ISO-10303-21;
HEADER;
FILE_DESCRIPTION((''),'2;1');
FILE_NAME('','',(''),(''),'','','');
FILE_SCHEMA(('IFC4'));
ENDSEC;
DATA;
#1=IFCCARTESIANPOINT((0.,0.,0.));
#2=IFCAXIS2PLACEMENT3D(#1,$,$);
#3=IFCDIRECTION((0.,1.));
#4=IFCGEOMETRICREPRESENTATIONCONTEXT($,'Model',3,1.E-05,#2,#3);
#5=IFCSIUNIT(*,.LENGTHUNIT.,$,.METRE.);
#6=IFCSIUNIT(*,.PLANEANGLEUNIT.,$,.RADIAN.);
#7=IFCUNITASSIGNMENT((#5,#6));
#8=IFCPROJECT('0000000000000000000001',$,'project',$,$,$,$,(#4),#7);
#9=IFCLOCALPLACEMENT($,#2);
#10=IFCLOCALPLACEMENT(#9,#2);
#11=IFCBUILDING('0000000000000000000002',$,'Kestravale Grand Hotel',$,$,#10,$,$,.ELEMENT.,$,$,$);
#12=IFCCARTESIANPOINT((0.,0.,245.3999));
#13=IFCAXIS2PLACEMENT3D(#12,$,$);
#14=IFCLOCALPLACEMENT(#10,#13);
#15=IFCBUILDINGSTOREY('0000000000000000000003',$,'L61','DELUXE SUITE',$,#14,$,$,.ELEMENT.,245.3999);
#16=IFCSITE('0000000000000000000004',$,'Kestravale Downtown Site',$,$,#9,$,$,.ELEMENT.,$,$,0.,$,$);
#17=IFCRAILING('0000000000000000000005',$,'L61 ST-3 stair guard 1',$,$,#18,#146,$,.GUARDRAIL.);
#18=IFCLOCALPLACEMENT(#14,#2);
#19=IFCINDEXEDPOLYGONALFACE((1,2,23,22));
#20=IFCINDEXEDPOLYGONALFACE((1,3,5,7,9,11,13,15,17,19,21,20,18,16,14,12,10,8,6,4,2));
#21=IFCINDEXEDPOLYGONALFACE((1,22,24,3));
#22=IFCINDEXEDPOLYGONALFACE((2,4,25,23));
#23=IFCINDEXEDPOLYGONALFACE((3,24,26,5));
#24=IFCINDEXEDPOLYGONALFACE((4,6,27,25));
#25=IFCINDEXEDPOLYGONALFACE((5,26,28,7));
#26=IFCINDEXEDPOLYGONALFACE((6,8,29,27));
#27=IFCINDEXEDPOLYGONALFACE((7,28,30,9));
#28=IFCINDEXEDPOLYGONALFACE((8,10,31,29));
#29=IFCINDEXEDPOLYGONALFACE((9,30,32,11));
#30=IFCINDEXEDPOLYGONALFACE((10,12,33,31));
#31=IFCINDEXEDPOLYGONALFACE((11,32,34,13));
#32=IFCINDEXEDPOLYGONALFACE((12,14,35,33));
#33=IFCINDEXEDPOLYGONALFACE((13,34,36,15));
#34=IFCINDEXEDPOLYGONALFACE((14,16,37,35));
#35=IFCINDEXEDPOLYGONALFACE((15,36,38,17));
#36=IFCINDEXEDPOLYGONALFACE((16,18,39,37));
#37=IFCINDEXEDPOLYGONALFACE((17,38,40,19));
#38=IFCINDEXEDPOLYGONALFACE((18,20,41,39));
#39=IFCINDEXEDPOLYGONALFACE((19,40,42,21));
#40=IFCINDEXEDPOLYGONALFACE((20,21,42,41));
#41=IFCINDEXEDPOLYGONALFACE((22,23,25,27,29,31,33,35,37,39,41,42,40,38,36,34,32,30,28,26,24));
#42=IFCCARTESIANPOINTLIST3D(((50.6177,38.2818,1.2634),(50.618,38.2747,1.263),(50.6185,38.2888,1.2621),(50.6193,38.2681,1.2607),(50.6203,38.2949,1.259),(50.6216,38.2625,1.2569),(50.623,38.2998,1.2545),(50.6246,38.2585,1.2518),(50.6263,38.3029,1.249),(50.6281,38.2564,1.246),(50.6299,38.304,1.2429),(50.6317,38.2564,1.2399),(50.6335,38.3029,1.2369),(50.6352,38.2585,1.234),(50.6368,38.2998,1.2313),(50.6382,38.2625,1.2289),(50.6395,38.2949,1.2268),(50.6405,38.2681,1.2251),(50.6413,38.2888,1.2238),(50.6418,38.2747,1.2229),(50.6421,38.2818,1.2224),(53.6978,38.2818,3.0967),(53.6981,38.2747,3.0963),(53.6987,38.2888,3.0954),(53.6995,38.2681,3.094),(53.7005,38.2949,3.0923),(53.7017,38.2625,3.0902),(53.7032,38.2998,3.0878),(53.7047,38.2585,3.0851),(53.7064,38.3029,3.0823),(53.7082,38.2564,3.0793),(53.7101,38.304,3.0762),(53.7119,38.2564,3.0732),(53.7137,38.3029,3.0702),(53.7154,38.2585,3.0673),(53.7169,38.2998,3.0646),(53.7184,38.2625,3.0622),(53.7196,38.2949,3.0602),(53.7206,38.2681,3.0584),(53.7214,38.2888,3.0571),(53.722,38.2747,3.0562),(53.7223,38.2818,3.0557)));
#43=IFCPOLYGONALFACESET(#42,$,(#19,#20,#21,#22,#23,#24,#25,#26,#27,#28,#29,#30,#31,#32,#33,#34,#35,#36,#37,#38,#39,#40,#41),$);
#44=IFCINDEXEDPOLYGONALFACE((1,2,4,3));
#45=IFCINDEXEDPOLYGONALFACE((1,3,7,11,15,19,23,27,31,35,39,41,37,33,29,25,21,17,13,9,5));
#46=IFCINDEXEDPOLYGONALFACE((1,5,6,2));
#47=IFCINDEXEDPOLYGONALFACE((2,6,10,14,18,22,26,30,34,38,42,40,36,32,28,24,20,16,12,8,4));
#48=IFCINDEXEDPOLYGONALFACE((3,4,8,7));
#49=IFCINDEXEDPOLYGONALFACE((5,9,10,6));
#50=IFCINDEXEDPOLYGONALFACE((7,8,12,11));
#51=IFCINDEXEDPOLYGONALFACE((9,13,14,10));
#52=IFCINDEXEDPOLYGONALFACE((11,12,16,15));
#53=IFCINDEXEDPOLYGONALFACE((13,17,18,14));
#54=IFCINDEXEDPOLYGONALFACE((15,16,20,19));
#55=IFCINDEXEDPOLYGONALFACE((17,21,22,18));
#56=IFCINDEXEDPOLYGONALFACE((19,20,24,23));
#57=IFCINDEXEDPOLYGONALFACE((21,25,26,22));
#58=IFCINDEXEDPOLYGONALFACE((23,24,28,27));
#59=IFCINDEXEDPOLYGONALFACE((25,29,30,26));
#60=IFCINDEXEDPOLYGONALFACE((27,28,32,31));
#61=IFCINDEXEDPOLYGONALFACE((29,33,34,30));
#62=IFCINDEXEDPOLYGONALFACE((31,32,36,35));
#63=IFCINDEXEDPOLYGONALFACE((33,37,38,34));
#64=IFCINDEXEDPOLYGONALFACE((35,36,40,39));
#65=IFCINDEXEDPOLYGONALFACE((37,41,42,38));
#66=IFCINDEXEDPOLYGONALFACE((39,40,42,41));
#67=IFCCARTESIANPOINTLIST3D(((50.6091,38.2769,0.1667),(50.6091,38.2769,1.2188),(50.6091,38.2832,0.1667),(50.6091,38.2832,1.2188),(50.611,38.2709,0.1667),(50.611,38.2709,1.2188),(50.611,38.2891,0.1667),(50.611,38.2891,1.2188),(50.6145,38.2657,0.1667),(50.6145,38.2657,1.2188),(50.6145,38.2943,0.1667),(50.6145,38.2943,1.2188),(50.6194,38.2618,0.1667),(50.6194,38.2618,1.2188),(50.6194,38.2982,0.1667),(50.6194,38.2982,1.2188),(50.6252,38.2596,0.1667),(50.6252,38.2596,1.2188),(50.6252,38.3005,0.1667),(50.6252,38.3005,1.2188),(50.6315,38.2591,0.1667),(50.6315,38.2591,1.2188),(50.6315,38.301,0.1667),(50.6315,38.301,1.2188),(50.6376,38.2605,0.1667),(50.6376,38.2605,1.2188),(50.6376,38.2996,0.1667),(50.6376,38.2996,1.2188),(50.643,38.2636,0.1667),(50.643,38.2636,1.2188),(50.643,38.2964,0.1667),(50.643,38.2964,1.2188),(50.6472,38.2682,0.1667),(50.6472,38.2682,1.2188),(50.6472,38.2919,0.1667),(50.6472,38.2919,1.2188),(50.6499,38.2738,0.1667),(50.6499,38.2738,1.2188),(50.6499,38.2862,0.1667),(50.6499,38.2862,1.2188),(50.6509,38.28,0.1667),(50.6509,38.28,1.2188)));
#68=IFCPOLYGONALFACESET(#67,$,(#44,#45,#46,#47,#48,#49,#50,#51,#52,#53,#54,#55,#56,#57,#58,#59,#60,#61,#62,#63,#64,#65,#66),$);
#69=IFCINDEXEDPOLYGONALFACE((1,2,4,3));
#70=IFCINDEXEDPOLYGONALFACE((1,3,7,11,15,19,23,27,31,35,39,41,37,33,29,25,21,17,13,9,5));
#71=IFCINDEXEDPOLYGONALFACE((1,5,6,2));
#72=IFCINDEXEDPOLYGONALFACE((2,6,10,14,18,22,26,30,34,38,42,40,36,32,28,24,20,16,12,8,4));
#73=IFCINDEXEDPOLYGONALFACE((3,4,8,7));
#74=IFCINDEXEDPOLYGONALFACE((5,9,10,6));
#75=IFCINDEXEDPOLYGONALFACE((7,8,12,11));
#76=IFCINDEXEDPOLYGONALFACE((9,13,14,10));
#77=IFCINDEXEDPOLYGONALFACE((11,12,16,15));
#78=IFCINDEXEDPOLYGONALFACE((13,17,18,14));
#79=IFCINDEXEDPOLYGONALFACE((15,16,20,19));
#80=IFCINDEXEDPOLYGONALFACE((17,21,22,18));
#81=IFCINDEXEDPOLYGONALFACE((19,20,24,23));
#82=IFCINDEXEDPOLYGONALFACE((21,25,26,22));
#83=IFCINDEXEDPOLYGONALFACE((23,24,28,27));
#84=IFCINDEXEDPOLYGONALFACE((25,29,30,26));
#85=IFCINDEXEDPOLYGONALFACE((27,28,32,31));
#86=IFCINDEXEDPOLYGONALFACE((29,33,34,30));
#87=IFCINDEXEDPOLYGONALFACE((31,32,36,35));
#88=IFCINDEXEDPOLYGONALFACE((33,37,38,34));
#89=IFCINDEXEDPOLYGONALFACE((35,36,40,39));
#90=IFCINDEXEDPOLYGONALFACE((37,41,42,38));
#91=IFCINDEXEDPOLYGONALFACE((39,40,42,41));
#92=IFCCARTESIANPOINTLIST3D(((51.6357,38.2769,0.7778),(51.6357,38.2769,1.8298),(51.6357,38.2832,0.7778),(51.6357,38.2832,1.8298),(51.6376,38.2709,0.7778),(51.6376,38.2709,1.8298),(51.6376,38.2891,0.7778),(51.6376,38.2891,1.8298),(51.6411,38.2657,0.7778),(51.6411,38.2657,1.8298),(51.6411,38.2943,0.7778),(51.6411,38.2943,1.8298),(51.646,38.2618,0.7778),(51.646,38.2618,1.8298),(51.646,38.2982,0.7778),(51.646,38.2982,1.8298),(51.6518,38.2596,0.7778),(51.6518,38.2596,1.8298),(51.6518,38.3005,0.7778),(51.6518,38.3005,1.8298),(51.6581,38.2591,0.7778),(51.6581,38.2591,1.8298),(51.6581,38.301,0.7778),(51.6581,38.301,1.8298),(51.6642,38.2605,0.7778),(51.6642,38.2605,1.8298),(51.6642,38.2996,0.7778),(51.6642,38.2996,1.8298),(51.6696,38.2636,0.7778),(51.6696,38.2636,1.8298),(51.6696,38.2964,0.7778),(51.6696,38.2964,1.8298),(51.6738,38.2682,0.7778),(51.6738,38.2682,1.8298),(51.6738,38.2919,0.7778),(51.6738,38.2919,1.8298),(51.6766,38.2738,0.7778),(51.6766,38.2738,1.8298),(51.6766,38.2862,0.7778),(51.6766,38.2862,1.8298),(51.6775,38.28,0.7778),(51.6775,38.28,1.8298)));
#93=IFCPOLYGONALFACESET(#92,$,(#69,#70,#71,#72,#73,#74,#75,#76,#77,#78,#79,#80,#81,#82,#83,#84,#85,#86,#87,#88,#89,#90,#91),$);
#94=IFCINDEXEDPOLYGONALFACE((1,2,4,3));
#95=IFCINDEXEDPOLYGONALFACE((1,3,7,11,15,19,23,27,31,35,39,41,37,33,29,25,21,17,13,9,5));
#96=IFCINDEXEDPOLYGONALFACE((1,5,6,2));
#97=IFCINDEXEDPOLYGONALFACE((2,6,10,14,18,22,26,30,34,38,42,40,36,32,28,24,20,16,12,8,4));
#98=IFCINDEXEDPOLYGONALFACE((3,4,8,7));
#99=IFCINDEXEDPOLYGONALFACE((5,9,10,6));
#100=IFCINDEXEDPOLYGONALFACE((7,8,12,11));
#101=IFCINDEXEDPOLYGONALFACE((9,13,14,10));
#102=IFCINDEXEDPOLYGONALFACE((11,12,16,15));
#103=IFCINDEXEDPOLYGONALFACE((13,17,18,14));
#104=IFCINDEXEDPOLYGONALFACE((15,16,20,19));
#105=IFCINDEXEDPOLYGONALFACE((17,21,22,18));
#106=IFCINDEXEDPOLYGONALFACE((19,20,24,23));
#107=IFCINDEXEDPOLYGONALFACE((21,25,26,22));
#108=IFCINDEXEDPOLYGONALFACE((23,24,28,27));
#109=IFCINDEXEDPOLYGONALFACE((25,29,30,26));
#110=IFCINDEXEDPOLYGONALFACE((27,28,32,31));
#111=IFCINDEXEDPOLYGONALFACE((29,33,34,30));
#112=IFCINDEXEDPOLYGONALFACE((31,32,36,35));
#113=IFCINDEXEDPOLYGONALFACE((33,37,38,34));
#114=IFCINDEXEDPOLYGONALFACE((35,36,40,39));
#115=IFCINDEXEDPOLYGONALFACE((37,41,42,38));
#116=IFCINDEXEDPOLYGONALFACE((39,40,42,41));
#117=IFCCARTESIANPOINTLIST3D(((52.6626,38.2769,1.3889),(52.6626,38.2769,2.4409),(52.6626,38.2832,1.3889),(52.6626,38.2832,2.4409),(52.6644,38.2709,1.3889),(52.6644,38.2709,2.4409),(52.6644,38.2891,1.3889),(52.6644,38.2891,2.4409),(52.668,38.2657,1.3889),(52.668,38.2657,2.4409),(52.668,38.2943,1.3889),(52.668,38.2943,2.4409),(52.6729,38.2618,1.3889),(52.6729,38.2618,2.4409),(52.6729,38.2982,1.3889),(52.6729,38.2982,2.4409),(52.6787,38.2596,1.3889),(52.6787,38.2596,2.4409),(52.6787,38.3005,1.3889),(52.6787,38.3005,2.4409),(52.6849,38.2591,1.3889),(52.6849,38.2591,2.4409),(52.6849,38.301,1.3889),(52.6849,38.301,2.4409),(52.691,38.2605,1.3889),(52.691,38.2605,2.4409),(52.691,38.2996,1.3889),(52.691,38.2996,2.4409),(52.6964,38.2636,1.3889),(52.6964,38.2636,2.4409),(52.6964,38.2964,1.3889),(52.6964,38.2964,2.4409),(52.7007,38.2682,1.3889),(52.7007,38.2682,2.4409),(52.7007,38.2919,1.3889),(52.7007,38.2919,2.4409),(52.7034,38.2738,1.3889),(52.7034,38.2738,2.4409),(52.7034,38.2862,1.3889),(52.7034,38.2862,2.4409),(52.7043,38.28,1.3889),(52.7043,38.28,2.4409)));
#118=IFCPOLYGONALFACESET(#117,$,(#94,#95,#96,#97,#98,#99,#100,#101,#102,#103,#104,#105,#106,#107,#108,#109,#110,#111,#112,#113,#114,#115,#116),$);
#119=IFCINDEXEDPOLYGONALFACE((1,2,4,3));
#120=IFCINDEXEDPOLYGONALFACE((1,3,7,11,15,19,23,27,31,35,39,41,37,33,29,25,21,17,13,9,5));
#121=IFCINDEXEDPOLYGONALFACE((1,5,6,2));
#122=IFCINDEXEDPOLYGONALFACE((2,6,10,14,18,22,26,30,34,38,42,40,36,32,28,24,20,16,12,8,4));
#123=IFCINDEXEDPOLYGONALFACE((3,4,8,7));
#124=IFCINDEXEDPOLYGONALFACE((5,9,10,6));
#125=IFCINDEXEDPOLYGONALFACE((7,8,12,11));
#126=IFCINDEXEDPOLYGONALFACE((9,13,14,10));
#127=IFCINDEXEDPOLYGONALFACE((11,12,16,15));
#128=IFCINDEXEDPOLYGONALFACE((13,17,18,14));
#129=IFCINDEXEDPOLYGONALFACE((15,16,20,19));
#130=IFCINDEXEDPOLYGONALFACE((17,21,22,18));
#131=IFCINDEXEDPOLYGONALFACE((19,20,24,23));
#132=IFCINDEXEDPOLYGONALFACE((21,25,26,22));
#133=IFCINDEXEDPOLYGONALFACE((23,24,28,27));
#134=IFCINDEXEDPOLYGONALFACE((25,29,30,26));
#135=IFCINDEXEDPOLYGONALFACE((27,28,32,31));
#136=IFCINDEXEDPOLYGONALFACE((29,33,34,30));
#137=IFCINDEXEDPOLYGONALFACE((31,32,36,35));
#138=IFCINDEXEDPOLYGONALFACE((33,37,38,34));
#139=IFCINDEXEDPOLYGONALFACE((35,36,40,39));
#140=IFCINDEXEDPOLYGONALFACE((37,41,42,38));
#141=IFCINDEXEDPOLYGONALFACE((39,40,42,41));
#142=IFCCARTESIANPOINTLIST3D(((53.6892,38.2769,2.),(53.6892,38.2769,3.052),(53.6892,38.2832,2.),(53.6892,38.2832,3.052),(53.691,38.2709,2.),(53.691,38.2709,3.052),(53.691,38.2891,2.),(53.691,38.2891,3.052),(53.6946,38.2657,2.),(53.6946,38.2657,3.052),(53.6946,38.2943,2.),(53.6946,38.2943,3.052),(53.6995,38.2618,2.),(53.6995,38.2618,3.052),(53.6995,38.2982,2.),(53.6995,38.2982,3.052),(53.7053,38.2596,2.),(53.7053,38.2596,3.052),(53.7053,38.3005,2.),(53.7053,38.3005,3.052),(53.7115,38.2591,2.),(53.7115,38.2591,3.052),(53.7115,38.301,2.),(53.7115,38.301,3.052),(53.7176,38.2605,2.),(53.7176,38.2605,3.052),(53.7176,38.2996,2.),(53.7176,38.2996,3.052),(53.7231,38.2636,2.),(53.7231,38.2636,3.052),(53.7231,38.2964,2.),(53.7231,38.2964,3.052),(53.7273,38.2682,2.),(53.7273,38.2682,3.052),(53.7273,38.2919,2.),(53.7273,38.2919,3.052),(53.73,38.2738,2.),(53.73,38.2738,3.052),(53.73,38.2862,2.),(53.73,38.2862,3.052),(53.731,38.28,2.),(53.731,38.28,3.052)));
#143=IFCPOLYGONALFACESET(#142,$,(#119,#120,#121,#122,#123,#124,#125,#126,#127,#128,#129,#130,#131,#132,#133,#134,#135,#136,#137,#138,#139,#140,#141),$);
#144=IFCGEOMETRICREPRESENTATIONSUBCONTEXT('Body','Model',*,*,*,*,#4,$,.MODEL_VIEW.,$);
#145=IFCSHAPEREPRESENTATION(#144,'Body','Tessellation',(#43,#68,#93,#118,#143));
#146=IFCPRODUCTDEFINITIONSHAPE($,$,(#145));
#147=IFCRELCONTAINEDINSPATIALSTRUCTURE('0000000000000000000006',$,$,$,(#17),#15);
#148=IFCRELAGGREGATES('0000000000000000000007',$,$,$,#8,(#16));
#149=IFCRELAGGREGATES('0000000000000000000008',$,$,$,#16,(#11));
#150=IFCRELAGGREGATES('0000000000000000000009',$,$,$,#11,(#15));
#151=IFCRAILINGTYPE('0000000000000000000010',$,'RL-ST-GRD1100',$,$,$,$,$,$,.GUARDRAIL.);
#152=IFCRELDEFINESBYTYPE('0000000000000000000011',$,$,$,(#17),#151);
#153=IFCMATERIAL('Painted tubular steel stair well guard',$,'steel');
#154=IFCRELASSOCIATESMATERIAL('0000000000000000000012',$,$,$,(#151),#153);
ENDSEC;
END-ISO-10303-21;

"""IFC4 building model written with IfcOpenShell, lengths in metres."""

from ifc_helpers import new_model, si_unit, direction, frame, origin, origin_2d, place, context, subcontext, project, spatial, circle, extrude, material, type_object, element, save


model = new_model("IFC4")

# Units and contexts
model_context = context("Model", 3, precision=1e-05, world=origin(), true_north=direction((0.0, 1.0)))
body_context = subcontext(model_context, "Body", "Model", "MODEL_VIEW")
ifc_project = project(units=[si_unit("LENGTHUNIT", "METRE"), si_unit("PLANEANGLEUNIT", "RADIAN")], contexts=[model_context])

# Site, building, storey
site_placement = place(None, origin())
site = spatial("IfcSite", under=ifc_project, at=site_placement, Name="Kestravale Downtown Site", CompositionType="ELEMENT", RefElevation=0.0)
building_placement = place(site_placement, origin())
building = spatial("IfcBuilding", under=site, at=building_placement, Name="Kestravale Grand Hotel", CompositionType="ELEMENT")
storey_placement = place(building_placement, frame((0.0, 0.0, 245.3999)))
storey = spatial("IfcBuildingStorey", under=building, at=storey_placement, Name="L61", Description="DELUXE SUITE", CompositionType="ELEMENT", Elevation=245.3999)

# Railing
ifc_material_1 = material(Name="Painted tubular steel stair well guard", Category="steel")
railing_type_1 = type_object("IfcRailingType", Name="RL-ST-GRD1100", PredefinedType="GUARDRAIL", material=ifc_material_1)
railing_1_placement = place(storey_placement, frame((50.6299, 38.28, 0.1667)))
element("IfcRailing", 1, at=railing_1_placement, inside=storey, type_object=railing_type_1, Name="L61 ST-3 stair guard 1", PredefinedType="GUARDRAIL", context=body_context, shape_type="SweptSolid", body=[
    extrude(circle(Radius=0.0239, at=origin_2d()), frame((0.0, 0.0, 1.0762), z_axis=(0.859309, 0.0, 0.511458), x_axis=(0.0, 1.0, 0.0)), (0.0, 0.0, 1.0), 3.5845),
    extrude(circle(Radius=0.021, at=origin_2d()), origin(), (0.0, 0.0, 1.0), 1.052),
    extrude(circle(Radius=0.021, at=origin_2d()), frame((1.0266, 0.0, 0.6111)), (0.0, 0.0, 1.0), 1.052),
    extrude(circle(Radius=0.021, at=origin_2d()), frame((2.0535, 0.0, 1.2222)), (0.0, 0.0, 1.0), 1.052),
    extrude(circle(Radius=0.021, at=origin_2d()), frame((3.0801, 0.0, 1.8333)), (0.0, 0.0, 1.0), 1.052),
])

save(model, "model.ifc")
